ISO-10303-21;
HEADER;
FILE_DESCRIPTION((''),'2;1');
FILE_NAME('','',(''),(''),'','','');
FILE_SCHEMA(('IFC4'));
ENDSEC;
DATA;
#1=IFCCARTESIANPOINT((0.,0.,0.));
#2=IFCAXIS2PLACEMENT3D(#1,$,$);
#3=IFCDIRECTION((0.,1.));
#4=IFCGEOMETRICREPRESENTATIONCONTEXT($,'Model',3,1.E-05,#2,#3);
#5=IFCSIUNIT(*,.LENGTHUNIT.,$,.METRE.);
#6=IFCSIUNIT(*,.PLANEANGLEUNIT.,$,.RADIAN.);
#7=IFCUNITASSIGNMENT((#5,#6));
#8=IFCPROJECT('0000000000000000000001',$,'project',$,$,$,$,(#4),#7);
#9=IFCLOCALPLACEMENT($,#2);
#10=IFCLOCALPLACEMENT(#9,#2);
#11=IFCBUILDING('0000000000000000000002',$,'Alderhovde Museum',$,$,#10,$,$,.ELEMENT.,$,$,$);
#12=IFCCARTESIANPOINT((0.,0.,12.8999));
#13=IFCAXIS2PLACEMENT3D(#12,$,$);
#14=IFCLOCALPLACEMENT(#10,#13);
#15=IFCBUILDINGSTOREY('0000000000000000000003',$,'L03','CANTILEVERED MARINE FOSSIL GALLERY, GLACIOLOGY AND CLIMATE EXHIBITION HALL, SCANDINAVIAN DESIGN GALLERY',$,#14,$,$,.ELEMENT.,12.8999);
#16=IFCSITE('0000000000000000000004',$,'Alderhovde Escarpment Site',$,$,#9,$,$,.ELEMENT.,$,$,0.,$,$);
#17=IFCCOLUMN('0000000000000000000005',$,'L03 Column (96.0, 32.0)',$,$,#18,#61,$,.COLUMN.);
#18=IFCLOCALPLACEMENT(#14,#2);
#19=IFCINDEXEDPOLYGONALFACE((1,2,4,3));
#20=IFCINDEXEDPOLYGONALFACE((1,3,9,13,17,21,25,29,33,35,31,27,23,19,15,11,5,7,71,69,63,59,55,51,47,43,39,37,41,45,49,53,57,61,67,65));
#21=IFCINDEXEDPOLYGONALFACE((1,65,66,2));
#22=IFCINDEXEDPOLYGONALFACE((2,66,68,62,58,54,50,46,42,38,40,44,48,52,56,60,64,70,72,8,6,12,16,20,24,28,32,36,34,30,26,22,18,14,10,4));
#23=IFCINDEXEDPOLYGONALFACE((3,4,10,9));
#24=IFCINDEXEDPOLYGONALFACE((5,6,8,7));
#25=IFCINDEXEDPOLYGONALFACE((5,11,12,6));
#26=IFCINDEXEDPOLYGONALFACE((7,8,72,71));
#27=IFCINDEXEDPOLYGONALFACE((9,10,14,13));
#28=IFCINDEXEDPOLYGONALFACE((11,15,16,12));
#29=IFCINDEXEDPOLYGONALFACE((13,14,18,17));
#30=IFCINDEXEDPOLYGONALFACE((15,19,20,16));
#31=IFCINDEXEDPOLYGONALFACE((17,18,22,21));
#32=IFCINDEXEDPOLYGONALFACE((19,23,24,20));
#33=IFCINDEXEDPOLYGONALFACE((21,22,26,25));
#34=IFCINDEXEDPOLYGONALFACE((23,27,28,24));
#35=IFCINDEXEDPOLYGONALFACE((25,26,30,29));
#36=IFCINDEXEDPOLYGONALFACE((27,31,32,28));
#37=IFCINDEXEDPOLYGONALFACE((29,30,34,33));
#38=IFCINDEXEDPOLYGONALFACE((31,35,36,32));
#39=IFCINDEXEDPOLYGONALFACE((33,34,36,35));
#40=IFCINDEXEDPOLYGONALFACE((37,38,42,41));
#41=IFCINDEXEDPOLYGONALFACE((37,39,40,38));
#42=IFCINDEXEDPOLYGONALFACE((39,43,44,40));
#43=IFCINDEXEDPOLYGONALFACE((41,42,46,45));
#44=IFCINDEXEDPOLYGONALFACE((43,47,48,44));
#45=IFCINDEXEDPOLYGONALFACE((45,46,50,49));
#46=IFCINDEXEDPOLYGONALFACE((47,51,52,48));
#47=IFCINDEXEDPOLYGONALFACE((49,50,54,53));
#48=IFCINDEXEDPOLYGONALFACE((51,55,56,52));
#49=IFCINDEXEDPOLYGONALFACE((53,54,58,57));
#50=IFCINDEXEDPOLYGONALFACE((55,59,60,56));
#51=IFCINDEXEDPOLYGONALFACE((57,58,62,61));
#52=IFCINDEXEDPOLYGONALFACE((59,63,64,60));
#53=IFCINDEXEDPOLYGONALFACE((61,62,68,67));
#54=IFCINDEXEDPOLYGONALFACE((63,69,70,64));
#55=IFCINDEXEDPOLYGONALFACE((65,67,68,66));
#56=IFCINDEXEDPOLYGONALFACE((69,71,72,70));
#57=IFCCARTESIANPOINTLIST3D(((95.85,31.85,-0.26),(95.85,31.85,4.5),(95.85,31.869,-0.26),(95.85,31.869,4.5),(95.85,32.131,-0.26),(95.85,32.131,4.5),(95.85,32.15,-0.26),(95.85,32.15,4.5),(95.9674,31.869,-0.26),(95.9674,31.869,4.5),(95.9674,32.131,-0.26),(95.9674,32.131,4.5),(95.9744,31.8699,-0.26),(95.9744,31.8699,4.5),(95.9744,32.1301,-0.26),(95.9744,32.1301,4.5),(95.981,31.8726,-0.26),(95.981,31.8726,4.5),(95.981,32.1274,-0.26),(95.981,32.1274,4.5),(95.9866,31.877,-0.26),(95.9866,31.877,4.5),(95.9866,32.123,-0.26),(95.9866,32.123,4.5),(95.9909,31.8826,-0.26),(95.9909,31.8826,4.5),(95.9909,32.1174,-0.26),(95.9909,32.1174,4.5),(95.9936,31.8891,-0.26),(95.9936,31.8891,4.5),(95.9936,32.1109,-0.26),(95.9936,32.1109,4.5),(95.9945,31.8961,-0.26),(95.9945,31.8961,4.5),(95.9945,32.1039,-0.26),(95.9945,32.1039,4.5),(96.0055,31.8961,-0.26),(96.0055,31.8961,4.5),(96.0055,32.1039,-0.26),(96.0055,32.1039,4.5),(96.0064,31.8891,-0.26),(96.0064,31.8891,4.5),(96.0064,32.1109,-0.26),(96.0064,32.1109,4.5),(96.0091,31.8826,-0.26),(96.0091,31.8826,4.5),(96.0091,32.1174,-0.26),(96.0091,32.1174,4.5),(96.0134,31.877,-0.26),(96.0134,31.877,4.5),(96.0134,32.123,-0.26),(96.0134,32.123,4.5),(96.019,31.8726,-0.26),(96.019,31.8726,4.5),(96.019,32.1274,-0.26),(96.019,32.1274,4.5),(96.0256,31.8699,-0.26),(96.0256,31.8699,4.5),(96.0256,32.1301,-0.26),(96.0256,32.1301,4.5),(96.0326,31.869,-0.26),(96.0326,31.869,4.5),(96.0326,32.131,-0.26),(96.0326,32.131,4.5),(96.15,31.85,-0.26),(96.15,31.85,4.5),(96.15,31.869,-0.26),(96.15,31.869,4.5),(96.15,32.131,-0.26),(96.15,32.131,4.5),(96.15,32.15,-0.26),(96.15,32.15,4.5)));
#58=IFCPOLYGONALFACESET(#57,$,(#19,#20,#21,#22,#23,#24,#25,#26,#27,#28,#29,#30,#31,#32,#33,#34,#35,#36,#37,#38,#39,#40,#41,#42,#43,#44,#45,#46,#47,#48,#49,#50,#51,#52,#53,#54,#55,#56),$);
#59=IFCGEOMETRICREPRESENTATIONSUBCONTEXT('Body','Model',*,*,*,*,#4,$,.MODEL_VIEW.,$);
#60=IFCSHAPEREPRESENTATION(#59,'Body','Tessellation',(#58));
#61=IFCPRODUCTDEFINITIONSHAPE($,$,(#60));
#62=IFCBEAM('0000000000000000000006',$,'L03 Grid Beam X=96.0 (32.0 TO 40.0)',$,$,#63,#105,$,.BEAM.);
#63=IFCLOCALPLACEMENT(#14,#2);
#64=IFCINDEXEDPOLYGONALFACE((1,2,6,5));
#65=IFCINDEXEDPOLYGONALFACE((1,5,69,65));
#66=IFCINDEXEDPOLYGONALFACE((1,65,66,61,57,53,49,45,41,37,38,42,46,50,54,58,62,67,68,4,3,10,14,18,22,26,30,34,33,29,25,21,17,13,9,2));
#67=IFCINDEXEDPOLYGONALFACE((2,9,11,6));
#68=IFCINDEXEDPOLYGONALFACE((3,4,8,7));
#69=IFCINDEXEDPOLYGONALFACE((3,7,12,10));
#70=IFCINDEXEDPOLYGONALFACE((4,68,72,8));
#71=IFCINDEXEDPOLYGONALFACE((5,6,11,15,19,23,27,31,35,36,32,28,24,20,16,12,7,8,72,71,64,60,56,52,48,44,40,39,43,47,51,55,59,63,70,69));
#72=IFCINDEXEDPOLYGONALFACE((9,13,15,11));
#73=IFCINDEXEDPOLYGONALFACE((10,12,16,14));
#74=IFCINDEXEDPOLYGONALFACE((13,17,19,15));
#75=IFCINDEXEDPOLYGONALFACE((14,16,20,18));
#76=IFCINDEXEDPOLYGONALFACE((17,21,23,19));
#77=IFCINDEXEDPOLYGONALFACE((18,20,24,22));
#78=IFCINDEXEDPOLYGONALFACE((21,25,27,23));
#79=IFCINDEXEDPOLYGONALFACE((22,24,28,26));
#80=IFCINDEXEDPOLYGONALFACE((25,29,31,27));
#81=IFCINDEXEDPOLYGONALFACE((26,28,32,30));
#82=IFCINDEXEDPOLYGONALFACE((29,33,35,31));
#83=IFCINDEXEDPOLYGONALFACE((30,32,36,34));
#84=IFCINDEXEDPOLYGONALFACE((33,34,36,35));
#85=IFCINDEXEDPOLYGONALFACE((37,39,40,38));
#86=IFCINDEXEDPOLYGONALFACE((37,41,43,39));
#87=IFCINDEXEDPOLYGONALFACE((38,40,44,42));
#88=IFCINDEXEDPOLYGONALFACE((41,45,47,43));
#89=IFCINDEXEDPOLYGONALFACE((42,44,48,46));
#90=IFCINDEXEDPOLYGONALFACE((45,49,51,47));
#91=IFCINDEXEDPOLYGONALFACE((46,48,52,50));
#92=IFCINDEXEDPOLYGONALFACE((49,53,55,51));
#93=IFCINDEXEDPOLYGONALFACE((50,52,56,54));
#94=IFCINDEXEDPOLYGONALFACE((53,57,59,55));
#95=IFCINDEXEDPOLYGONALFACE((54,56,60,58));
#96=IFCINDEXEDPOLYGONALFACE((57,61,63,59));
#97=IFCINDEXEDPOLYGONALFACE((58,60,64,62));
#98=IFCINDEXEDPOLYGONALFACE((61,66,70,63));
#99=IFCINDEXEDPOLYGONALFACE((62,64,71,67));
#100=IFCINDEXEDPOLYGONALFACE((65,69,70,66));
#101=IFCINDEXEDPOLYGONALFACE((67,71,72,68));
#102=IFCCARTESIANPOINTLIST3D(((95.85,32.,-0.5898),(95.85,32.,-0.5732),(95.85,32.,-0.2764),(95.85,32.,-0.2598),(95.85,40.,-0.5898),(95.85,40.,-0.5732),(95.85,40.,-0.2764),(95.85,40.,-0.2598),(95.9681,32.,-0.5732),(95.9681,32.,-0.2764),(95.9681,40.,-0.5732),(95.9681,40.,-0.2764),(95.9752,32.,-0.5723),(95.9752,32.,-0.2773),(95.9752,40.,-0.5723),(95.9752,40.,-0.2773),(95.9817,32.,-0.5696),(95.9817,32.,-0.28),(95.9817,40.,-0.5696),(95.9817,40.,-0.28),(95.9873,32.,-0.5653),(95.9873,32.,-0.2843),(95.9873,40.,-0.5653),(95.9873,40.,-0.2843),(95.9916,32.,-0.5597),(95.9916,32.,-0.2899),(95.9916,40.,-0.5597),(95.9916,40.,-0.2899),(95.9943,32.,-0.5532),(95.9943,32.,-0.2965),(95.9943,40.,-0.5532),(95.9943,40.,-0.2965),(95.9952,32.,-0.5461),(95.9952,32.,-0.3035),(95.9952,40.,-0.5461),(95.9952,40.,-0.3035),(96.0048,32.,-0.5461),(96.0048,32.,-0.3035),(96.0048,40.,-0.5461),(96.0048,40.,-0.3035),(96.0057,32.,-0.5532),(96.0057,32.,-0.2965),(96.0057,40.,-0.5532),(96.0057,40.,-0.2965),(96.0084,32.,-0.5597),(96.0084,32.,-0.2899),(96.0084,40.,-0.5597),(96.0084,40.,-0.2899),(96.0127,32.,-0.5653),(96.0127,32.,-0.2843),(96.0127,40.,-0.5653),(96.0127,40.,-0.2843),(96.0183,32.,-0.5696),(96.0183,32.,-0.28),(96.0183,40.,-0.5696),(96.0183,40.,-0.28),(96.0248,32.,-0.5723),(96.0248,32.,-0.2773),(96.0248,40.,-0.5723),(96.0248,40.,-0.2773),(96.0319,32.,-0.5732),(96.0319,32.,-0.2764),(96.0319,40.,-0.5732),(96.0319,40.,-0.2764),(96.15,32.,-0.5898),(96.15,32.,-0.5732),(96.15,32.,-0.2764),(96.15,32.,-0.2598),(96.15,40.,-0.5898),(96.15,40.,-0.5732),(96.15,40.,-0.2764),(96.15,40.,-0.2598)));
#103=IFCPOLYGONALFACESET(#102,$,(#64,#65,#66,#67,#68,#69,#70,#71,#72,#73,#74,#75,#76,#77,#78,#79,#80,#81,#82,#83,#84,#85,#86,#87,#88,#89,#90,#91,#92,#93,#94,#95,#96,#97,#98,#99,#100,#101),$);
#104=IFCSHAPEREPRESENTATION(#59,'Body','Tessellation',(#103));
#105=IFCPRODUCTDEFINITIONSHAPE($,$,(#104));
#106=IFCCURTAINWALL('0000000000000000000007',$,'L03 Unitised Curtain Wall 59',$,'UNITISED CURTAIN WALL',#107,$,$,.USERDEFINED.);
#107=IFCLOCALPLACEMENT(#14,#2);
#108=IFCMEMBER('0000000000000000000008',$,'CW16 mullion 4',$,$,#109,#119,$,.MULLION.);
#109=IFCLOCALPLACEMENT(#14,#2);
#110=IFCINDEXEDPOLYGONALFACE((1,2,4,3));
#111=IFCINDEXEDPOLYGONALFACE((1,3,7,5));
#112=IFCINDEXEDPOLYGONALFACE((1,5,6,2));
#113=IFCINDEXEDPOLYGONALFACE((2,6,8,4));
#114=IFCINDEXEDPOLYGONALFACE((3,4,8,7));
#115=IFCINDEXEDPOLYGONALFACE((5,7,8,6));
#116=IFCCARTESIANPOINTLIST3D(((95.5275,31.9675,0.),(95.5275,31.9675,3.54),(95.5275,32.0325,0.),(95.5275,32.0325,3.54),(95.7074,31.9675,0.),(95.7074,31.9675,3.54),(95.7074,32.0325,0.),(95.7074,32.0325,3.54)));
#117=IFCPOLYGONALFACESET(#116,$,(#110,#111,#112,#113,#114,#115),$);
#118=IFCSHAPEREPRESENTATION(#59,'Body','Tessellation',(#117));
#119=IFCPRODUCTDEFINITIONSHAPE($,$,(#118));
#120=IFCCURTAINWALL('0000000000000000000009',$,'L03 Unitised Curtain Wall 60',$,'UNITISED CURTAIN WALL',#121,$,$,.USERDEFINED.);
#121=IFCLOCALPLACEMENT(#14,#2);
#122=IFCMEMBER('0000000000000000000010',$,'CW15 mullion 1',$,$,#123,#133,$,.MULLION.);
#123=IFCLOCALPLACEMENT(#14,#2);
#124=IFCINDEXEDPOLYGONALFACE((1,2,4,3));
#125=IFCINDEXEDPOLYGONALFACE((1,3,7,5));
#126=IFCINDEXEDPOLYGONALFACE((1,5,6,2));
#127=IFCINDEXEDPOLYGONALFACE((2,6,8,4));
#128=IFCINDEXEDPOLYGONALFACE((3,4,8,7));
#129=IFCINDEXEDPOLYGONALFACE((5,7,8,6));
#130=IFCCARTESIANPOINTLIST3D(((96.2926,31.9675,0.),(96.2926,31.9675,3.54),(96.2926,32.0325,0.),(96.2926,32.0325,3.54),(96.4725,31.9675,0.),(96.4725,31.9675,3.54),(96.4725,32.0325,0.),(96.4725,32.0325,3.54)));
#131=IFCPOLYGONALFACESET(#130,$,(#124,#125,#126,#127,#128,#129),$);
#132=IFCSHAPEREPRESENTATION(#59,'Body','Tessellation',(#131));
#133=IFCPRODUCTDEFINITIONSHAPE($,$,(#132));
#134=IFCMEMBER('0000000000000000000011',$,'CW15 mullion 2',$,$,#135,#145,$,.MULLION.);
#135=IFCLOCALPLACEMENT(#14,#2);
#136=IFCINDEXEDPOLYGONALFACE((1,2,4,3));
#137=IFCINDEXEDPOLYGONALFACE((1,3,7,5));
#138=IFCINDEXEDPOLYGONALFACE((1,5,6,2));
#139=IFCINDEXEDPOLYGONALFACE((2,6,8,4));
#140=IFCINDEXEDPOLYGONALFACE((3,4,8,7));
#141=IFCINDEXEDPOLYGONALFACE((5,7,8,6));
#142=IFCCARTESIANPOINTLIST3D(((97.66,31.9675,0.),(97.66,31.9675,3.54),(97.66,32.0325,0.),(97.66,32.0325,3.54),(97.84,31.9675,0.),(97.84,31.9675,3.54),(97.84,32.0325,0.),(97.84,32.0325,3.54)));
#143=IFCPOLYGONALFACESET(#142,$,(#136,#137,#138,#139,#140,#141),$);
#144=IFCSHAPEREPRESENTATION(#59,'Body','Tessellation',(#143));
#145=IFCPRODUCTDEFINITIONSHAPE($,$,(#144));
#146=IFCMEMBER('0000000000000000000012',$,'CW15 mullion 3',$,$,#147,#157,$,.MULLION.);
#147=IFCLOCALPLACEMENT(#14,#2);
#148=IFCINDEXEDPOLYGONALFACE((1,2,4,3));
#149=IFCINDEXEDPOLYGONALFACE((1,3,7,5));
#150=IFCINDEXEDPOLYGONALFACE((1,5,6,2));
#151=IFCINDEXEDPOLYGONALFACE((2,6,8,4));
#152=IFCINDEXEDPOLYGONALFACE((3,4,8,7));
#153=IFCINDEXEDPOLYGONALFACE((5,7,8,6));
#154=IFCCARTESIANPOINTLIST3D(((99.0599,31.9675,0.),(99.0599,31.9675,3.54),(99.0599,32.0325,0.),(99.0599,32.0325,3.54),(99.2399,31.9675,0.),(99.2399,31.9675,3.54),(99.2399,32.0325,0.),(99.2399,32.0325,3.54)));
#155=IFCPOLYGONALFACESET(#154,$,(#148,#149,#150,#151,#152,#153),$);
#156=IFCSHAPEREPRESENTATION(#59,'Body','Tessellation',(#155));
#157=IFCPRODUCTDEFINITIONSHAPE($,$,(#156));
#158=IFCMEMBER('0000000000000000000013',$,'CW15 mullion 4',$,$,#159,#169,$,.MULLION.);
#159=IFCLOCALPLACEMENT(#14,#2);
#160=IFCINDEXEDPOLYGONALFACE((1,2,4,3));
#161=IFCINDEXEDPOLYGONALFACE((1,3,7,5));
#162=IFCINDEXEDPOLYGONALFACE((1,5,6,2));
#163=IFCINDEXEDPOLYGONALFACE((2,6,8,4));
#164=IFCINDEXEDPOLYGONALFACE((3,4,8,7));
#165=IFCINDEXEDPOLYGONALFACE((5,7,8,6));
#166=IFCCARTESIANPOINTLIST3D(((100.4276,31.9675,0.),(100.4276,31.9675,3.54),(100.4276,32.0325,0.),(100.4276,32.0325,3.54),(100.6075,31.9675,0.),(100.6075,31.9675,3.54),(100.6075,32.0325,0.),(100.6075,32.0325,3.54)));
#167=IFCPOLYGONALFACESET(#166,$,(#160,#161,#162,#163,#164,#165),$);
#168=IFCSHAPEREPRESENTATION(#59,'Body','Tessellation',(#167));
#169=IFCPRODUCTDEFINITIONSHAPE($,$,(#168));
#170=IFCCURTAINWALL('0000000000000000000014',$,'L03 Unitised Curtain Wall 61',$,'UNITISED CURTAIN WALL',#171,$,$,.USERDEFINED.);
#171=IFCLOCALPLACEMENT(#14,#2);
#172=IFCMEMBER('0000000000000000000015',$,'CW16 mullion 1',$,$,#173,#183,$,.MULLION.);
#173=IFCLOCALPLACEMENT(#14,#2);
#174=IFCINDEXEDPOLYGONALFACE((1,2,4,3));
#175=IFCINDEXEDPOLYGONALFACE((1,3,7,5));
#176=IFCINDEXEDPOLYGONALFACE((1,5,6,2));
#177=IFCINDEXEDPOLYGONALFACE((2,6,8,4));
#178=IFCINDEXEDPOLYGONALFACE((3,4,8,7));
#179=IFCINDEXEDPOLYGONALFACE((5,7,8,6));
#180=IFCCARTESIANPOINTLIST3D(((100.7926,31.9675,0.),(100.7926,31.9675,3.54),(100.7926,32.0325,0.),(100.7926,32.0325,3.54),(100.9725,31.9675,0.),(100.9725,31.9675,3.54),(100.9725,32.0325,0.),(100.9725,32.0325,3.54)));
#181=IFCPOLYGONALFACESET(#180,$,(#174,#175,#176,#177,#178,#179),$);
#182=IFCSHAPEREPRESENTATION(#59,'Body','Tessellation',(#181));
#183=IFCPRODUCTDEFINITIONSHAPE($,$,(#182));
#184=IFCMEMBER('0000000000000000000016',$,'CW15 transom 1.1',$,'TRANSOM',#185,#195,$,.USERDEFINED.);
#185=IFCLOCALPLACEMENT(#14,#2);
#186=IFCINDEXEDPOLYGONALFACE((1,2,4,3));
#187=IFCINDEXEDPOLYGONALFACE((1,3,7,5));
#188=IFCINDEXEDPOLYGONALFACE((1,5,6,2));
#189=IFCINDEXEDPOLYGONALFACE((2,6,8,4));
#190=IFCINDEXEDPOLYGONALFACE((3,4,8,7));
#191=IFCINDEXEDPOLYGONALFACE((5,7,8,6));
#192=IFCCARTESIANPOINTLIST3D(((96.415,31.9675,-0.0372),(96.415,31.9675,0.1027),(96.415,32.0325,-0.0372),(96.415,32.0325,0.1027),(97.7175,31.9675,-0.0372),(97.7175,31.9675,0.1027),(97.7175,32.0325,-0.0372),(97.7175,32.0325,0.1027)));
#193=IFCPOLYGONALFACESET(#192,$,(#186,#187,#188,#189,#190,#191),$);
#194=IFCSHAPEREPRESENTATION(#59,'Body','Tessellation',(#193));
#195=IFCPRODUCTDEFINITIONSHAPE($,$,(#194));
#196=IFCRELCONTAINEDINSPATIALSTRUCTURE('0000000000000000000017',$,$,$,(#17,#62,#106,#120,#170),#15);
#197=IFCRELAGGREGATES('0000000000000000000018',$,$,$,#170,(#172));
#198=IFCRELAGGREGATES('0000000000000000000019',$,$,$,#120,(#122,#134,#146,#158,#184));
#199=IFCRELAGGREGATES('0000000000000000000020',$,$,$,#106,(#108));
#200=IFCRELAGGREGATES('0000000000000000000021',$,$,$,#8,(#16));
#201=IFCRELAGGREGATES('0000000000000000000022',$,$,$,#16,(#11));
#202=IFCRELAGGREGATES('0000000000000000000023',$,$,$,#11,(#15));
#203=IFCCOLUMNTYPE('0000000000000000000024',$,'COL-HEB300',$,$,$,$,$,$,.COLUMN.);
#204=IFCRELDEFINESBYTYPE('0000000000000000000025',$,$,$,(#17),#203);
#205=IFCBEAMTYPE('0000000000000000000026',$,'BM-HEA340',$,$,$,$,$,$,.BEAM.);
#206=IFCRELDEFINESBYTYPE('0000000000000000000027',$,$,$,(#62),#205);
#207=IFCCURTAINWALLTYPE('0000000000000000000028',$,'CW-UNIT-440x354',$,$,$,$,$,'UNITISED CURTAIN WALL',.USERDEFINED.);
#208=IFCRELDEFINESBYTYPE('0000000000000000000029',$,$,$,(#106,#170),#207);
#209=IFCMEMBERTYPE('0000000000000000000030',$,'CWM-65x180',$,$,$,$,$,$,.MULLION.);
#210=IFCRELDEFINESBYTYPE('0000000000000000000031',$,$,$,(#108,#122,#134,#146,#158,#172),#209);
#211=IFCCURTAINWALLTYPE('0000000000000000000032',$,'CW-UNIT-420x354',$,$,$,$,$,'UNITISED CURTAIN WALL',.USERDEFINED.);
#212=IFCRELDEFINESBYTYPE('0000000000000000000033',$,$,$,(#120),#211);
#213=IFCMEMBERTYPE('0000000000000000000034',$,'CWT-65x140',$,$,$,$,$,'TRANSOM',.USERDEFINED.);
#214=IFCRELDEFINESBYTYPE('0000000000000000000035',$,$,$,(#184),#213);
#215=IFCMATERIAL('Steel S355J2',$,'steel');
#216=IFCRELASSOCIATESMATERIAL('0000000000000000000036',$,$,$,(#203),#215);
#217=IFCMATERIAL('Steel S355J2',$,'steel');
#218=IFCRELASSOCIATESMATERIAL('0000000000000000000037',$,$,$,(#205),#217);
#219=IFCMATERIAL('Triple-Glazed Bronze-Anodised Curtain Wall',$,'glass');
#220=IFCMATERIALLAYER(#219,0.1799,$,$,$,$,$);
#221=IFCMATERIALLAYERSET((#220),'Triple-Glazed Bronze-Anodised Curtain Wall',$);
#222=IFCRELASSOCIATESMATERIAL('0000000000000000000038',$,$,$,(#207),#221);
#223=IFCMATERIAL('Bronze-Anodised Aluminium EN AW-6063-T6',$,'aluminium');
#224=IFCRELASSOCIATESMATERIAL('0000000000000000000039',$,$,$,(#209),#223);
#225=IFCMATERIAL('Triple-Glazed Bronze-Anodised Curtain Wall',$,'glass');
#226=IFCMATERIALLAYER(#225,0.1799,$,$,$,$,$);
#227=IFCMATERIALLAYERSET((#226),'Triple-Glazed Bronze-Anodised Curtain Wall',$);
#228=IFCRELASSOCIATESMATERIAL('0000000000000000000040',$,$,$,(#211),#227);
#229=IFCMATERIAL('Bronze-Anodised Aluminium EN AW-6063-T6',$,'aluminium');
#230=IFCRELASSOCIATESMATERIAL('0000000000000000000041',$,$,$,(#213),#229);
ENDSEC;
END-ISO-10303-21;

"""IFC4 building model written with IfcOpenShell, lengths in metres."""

from ifc_helpers import new_model, si_unit, direction, frame, origin, origin_2d, place, context, subcontext, project, spatial, rectangle, i_section, extrude, material, layer, layer_set, material_profile, profile_set, type_object, element, aggregate, save


model = new_model("IFC4")

# Units and contexts
model_context = context("Model", 3, precision=1e-05, world=origin(), true_north=direction((0.0, 1.0)))
body_context = subcontext(model_context, "Body", "Model", "MODEL_VIEW")
ifc_project = project(units=[si_unit("LENGTHUNIT", "METRE"), si_unit("PLANEANGLEUNIT", "RADIAN")], contexts=[model_context])

# Site, building, storey
site_placement = place(None, origin())
site = spatial("IfcSite", under=ifc_project, at=site_placement, Name="Alderhovde Escarpment Site", CompositionType="ELEMENT", RefElevation=0.0)
building_placement = place(site_placement, origin())
building = spatial("IfcBuilding", under=site, at=building_placement, Name="Alderhovde Museum", CompositionType="ELEMENT")
storey_placement = place(building_placement, frame((0.0, 0.0, 12.8999)))
storey = spatial("IfcBuildingStorey", under=building, at=storey_placement, Name="L03", Description="CANTILEVERED MARINE FOSSIL GALLERY, GLACIOLOGY AND CLIMATE EXHIBITION HALL, SCANDINAVIAN DESIGN GALLERY", CompositionType="ELEMENT", Elevation=12.8999)

# Column
ifc_material_1 = material(Name="Steel S355J2", Category="steel")
ifc_material_profile_1 = material_profile(ifc_material_1, i_section(OverallWidth=0.3, OverallDepth=0.3, WebThickness=0.011, FlangeThickness=0.019, FilletRadius=0.0271, at=origin_2d()), Name="HEB 300")
ifc_profile_set_1 = profile_set([ifc_material_profile_1], Name="Steel S355J2")
column_type = type_object("IfcColumnType", Name="COL-HEB300", PredefinedType="COLUMN", material=ifc_profile_set_1)
column_placement = place(storey_placement, frame((96.0, 32.0, -0.26), z_axis=(0.0, 0.0, 1.0), x_axis=(1.0, 0.0, 0.0)))
element("IfcColumn", 1, at=column_placement, inside=storey, type_object=column_type, Name="L03 Column (96.0, 32.0)", PredefinedType="COLUMN", context=body_context, shape_type="SweptSolid", body=[
    extrude(i_section(OverallWidth=0.3, OverallDepth=0.3, WebThickness=0.011, FlangeThickness=0.019, FilletRadius=0.0271, at=origin_2d()), origin(), (0.0, 0.0, 1.0), 4.76),
])

# Beam
ifc_material_2 = material(Name="Steel S355J2", Category="steel")
ifc_material_profile_2 = material_profile(ifc_material_2, i_section(OverallWidth=0.3, OverallDepth=0.3301, WebThickness=0.0095, FlangeThickness=0.0166, FilletRadius=0.0271, at=origin_2d()), Name="HEA 340")
ifc_profile_set_2 = profile_set([ifc_material_profile_2], Name="Steel S355J2")
beam_type_1 = type_object("IfcBeamType", Name="BM-HEA340", PredefinedType="BEAM", material=ifc_profile_set_2)
beam_1_placement = place(storey_placement, frame((96.0, 32.0, -0.4248), z_axis=(0.0, 1.0, 0.0), x_axis=(-1.0, 0.0, 0.0)))
element("IfcBeam", 2, at=beam_1_placement, inside=storey, type_object=beam_type_1, Name="L03 Grid Beam X=96.0 (32.0 TO 40.0)", PredefinedType="BEAM", context=body_context, shape_type="SweptSolid", body=[
    extrude(i_section(OverallWidth=0.3, OverallDepth=0.3301, WebThickness=0.0095, FlangeThickness=0.0166, FilletRadius=0.0271, at=origin_2d()), origin(), (0.0, 0.0, 1.0), 8.0),
])

# Curtain wall, member
ifc_material_3 = material(Name="Triple-Glazed Bronze-Anodised Curtain Wall", Category="glass")
ifc_layer_1 = layer(ifc_material_3, 0.1799)
ifc_layer_set_1 = layer_set([ifc_layer_1], Name="Triple-Glazed Bronze-Anodised Curtain Wall")
curtain_wall_type_1 = type_object("IfcCurtainWallType", Name="CW-UNIT-440x354", ElementType="UNITISED CURTAIN WALL", PredefinedType="USERDEFINED", material=ifc_layer_set_1)
curtain_wall_1_placement = place(storey_placement, origin())
curtain_wall_1 = element("IfcCurtainWall", 3, at=curtain_wall_1_placement, inside=storey, type_object=curtain_wall_type_1, Name="L03 Unitised Curtain Wall 59", ObjectType="UNITISED CURTAIN WALL", PredefinedType="USERDEFINED")
ifc_material_4 = material(Name="Bronze-Anodised Aluminium EN AW-6063-T6", Category="aluminium")
ifc_material_profile_3 = material_profile(ifc_material_4, rectangle(XDim=0.0649, YDim=0.1799, at=origin_2d()), Name="MULLION 65x180")
ifc_profile_set_3 = profile_set([ifc_material_profile_3], Name="Bronze-Anodised Aluminium EN AW-6063-T6")
member_type_1 = type_object("IfcMemberType", Name="CWM-65x180", PredefinedType="MULLION", material=ifc_profile_set_3)
member_1_placement = place(storey_placement, frame((95.6174, 32.0, 0.0), z_axis=(0.0, 0.0, 1.0), x_axis=(0.0, 1.0, 0.0)))
member_1 = element("IfcMember", 4, at=member_1_placement, type_object=member_type_1, Name="CW16 mullion 4", PredefinedType="MULLION", context=body_context, shape_type="SweptSolid", body=[
    extrude(rectangle(XDim=0.0649, YDim=0.1799, at=origin_2d()), origin(), (0.0, 0.0, 1.0), 3.54),
])

# Curtain wall, members
ifc_material_5 = material(Name="Triple-Glazed Bronze-Anodised Curtain Wall", Category="glass")
ifc_layer_2 = layer(ifc_material_5, 0.1799)
ifc_layer_set_2 = layer_set([ifc_layer_2], Name="Triple-Glazed Bronze-Anodised Curtain Wall")
curtain_wall_type_2 = type_object("IfcCurtainWallType", Name="CW-UNIT-420x354", ElementType="UNITISED CURTAIN WALL", PredefinedType="USERDEFINED", material=ifc_layer_set_2)
curtain_wall_2_placement = place(storey_placement, origin())
curtain_wall_2 = element("IfcCurtainWall", 5, at=curtain_wall_2_placement, inside=storey, type_object=curtain_wall_type_2, Name="L03 Unitised Curtain Wall 60", ObjectType="UNITISED CURTAIN WALL", PredefinedType="USERDEFINED")
member_2_placement = place(storey_placement, frame((96.3826, 32.0, 0.0), z_axis=(0.0, 0.0, 1.0), x_axis=(0.0, 1.0, 0.0)))
member_2 = element("IfcMember", 6, at=member_2_placement, type_object=member_type_1, Name="CW15 mullion 1", PredefinedType="MULLION", context=body_context, shape_type="SweptSolid", body=[
    extrude(rectangle(XDim=0.0649, YDim=0.1799, at=origin_2d()), origin(), (0.0, 0.0, 1.0), 3.54),
])
member_3_placement = place(storey_placement, frame((97.75, 32.0, 0.0), z_axis=(0.0, 0.0, 1.0), x_axis=(0.0, 1.0, 0.0)))
member_3 = element("IfcMember", 7, at=member_3_placement, type_object=member_type_1, Name="CW15 mullion 2", PredefinedType="MULLION", context=body_context, shape_type="SweptSolid", body=[
    extrude(rectangle(XDim=0.0649, YDim=0.1799, at=origin_2d()), origin(), (0.0, 0.0, 1.0), 3.54),
])
member_4_placement = place(storey_placement, frame((99.1499, 32.0, 0.0), z_axis=(0.0, 0.0, 1.0), x_axis=(0.0, 1.0, 0.0)))
member_4 = element("IfcMember", 8, at=member_4_placement, type_object=member_type_1, Name="CW15 mullion 3", PredefinedType="MULLION", context=body_context, shape_type="SweptSolid", body=[
    extrude(rectangle(XDim=0.0649, YDim=0.1799, at=origin_2d()), origin(), (0.0, 0.0, 1.0), 3.54),
])
member_5_placement = place(storey_placement, frame((100.5176, 32.0, 0.0), z_axis=(0.0, 0.0, 1.0), x_axis=(0.0, 1.0, 0.0)))
member_5 = element("IfcMember", 9, at=member_5_placement, type_object=member_type_1, Name="CW15 mullion 4", PredefinedType="MULLION", context=body_context, shape_type="SweptSolid", body=[
    extrude(rectangle(XDim=0.0649, YDim=0.1799, at=origin_2d()), origin(), (0.0, 0.0, 1.0), 3.54),
])

# Curtain wall, member
curtain_wall_3_placement = place(storey_placement, origin())
curtain_wall_3 = element("IfcCurtainWall", 10, at=curtain_wall_3_placement, inside=storey, type_object=curtain_wall_type_1, Name="L03 Unitised Curtain Wall 61", ObjectType="UNITISED CURTAIN WALL", PredefinedType="USERDEFINED")
member_6_placement = place(storey_placement, frame((100.8826, 32.0, 0.0), z_axis=(0.0, 0.0, 1.0), x_axis=(0.0, 1.0, 0.0)))
member_6 = element("IfcMember", 11, at=member_6_placement, type_object=member_type_1, Name="CW16 mullion 1", PredefinedType="MULLION", context=body_context, shape_type="SweptSolid", body=[
    extrude(rectangle(XDim=0.0649, YDim=0.1799, at=origin_2d()), origin(), (0.0, 0.0, 1.0), 3.54),
])

# Member
ifc_material_6 = material(Name="Bronze-Anodised Aluminium EN AW-6063-T6", Category="aluminium")
ifc_material_profile_4 = material_profile(ifc_material_6, rectangle(XDim=0.0649, YDim=0.1399, at=origin_2d()), Name="TRANSOM 65x140")
ifc_profile_set_4 = profile_set([ifc_material_profile_4], Name="Bronze-Anodised Aluminium EN AW-6063-T6")
member_type_2 = type_object("IfcMemberType", Name="CWT-65x140", ElementType="TRANSOM", PredefinedType="USERDEFINED", material=ifc_profile_set_4)
member_7_placement = place(storey_placement, frame((96.415, 32.0, 0.0327), z_axis=(1.0, 0.0, 0.0), x_axis=(0.0, 1.0, 0.0)))
member_7 = element("IfcMember", 12, at=member_7_placement, type_object=member_type_2, Name="CW15 transom 1.1", ObjectType="TRANSOM", PredefinedType="USERDEFINED", context=body_context, shape_type="SweptSolid", body=[
    extrude(rectangle(XDim=0.0649, YDim=0.1399, at=origin_2d()), origin(), (0.0, 0.0, 1.0), 1.3025),
])
aggregate(curtain_wall_3, [member_6])

aggregate(curtain_wall_2, [member_2, member_3, member_4, member_5, member_7])
aggregate(curtain_wall_1, [member_1])

save(model, "model.ifc")
